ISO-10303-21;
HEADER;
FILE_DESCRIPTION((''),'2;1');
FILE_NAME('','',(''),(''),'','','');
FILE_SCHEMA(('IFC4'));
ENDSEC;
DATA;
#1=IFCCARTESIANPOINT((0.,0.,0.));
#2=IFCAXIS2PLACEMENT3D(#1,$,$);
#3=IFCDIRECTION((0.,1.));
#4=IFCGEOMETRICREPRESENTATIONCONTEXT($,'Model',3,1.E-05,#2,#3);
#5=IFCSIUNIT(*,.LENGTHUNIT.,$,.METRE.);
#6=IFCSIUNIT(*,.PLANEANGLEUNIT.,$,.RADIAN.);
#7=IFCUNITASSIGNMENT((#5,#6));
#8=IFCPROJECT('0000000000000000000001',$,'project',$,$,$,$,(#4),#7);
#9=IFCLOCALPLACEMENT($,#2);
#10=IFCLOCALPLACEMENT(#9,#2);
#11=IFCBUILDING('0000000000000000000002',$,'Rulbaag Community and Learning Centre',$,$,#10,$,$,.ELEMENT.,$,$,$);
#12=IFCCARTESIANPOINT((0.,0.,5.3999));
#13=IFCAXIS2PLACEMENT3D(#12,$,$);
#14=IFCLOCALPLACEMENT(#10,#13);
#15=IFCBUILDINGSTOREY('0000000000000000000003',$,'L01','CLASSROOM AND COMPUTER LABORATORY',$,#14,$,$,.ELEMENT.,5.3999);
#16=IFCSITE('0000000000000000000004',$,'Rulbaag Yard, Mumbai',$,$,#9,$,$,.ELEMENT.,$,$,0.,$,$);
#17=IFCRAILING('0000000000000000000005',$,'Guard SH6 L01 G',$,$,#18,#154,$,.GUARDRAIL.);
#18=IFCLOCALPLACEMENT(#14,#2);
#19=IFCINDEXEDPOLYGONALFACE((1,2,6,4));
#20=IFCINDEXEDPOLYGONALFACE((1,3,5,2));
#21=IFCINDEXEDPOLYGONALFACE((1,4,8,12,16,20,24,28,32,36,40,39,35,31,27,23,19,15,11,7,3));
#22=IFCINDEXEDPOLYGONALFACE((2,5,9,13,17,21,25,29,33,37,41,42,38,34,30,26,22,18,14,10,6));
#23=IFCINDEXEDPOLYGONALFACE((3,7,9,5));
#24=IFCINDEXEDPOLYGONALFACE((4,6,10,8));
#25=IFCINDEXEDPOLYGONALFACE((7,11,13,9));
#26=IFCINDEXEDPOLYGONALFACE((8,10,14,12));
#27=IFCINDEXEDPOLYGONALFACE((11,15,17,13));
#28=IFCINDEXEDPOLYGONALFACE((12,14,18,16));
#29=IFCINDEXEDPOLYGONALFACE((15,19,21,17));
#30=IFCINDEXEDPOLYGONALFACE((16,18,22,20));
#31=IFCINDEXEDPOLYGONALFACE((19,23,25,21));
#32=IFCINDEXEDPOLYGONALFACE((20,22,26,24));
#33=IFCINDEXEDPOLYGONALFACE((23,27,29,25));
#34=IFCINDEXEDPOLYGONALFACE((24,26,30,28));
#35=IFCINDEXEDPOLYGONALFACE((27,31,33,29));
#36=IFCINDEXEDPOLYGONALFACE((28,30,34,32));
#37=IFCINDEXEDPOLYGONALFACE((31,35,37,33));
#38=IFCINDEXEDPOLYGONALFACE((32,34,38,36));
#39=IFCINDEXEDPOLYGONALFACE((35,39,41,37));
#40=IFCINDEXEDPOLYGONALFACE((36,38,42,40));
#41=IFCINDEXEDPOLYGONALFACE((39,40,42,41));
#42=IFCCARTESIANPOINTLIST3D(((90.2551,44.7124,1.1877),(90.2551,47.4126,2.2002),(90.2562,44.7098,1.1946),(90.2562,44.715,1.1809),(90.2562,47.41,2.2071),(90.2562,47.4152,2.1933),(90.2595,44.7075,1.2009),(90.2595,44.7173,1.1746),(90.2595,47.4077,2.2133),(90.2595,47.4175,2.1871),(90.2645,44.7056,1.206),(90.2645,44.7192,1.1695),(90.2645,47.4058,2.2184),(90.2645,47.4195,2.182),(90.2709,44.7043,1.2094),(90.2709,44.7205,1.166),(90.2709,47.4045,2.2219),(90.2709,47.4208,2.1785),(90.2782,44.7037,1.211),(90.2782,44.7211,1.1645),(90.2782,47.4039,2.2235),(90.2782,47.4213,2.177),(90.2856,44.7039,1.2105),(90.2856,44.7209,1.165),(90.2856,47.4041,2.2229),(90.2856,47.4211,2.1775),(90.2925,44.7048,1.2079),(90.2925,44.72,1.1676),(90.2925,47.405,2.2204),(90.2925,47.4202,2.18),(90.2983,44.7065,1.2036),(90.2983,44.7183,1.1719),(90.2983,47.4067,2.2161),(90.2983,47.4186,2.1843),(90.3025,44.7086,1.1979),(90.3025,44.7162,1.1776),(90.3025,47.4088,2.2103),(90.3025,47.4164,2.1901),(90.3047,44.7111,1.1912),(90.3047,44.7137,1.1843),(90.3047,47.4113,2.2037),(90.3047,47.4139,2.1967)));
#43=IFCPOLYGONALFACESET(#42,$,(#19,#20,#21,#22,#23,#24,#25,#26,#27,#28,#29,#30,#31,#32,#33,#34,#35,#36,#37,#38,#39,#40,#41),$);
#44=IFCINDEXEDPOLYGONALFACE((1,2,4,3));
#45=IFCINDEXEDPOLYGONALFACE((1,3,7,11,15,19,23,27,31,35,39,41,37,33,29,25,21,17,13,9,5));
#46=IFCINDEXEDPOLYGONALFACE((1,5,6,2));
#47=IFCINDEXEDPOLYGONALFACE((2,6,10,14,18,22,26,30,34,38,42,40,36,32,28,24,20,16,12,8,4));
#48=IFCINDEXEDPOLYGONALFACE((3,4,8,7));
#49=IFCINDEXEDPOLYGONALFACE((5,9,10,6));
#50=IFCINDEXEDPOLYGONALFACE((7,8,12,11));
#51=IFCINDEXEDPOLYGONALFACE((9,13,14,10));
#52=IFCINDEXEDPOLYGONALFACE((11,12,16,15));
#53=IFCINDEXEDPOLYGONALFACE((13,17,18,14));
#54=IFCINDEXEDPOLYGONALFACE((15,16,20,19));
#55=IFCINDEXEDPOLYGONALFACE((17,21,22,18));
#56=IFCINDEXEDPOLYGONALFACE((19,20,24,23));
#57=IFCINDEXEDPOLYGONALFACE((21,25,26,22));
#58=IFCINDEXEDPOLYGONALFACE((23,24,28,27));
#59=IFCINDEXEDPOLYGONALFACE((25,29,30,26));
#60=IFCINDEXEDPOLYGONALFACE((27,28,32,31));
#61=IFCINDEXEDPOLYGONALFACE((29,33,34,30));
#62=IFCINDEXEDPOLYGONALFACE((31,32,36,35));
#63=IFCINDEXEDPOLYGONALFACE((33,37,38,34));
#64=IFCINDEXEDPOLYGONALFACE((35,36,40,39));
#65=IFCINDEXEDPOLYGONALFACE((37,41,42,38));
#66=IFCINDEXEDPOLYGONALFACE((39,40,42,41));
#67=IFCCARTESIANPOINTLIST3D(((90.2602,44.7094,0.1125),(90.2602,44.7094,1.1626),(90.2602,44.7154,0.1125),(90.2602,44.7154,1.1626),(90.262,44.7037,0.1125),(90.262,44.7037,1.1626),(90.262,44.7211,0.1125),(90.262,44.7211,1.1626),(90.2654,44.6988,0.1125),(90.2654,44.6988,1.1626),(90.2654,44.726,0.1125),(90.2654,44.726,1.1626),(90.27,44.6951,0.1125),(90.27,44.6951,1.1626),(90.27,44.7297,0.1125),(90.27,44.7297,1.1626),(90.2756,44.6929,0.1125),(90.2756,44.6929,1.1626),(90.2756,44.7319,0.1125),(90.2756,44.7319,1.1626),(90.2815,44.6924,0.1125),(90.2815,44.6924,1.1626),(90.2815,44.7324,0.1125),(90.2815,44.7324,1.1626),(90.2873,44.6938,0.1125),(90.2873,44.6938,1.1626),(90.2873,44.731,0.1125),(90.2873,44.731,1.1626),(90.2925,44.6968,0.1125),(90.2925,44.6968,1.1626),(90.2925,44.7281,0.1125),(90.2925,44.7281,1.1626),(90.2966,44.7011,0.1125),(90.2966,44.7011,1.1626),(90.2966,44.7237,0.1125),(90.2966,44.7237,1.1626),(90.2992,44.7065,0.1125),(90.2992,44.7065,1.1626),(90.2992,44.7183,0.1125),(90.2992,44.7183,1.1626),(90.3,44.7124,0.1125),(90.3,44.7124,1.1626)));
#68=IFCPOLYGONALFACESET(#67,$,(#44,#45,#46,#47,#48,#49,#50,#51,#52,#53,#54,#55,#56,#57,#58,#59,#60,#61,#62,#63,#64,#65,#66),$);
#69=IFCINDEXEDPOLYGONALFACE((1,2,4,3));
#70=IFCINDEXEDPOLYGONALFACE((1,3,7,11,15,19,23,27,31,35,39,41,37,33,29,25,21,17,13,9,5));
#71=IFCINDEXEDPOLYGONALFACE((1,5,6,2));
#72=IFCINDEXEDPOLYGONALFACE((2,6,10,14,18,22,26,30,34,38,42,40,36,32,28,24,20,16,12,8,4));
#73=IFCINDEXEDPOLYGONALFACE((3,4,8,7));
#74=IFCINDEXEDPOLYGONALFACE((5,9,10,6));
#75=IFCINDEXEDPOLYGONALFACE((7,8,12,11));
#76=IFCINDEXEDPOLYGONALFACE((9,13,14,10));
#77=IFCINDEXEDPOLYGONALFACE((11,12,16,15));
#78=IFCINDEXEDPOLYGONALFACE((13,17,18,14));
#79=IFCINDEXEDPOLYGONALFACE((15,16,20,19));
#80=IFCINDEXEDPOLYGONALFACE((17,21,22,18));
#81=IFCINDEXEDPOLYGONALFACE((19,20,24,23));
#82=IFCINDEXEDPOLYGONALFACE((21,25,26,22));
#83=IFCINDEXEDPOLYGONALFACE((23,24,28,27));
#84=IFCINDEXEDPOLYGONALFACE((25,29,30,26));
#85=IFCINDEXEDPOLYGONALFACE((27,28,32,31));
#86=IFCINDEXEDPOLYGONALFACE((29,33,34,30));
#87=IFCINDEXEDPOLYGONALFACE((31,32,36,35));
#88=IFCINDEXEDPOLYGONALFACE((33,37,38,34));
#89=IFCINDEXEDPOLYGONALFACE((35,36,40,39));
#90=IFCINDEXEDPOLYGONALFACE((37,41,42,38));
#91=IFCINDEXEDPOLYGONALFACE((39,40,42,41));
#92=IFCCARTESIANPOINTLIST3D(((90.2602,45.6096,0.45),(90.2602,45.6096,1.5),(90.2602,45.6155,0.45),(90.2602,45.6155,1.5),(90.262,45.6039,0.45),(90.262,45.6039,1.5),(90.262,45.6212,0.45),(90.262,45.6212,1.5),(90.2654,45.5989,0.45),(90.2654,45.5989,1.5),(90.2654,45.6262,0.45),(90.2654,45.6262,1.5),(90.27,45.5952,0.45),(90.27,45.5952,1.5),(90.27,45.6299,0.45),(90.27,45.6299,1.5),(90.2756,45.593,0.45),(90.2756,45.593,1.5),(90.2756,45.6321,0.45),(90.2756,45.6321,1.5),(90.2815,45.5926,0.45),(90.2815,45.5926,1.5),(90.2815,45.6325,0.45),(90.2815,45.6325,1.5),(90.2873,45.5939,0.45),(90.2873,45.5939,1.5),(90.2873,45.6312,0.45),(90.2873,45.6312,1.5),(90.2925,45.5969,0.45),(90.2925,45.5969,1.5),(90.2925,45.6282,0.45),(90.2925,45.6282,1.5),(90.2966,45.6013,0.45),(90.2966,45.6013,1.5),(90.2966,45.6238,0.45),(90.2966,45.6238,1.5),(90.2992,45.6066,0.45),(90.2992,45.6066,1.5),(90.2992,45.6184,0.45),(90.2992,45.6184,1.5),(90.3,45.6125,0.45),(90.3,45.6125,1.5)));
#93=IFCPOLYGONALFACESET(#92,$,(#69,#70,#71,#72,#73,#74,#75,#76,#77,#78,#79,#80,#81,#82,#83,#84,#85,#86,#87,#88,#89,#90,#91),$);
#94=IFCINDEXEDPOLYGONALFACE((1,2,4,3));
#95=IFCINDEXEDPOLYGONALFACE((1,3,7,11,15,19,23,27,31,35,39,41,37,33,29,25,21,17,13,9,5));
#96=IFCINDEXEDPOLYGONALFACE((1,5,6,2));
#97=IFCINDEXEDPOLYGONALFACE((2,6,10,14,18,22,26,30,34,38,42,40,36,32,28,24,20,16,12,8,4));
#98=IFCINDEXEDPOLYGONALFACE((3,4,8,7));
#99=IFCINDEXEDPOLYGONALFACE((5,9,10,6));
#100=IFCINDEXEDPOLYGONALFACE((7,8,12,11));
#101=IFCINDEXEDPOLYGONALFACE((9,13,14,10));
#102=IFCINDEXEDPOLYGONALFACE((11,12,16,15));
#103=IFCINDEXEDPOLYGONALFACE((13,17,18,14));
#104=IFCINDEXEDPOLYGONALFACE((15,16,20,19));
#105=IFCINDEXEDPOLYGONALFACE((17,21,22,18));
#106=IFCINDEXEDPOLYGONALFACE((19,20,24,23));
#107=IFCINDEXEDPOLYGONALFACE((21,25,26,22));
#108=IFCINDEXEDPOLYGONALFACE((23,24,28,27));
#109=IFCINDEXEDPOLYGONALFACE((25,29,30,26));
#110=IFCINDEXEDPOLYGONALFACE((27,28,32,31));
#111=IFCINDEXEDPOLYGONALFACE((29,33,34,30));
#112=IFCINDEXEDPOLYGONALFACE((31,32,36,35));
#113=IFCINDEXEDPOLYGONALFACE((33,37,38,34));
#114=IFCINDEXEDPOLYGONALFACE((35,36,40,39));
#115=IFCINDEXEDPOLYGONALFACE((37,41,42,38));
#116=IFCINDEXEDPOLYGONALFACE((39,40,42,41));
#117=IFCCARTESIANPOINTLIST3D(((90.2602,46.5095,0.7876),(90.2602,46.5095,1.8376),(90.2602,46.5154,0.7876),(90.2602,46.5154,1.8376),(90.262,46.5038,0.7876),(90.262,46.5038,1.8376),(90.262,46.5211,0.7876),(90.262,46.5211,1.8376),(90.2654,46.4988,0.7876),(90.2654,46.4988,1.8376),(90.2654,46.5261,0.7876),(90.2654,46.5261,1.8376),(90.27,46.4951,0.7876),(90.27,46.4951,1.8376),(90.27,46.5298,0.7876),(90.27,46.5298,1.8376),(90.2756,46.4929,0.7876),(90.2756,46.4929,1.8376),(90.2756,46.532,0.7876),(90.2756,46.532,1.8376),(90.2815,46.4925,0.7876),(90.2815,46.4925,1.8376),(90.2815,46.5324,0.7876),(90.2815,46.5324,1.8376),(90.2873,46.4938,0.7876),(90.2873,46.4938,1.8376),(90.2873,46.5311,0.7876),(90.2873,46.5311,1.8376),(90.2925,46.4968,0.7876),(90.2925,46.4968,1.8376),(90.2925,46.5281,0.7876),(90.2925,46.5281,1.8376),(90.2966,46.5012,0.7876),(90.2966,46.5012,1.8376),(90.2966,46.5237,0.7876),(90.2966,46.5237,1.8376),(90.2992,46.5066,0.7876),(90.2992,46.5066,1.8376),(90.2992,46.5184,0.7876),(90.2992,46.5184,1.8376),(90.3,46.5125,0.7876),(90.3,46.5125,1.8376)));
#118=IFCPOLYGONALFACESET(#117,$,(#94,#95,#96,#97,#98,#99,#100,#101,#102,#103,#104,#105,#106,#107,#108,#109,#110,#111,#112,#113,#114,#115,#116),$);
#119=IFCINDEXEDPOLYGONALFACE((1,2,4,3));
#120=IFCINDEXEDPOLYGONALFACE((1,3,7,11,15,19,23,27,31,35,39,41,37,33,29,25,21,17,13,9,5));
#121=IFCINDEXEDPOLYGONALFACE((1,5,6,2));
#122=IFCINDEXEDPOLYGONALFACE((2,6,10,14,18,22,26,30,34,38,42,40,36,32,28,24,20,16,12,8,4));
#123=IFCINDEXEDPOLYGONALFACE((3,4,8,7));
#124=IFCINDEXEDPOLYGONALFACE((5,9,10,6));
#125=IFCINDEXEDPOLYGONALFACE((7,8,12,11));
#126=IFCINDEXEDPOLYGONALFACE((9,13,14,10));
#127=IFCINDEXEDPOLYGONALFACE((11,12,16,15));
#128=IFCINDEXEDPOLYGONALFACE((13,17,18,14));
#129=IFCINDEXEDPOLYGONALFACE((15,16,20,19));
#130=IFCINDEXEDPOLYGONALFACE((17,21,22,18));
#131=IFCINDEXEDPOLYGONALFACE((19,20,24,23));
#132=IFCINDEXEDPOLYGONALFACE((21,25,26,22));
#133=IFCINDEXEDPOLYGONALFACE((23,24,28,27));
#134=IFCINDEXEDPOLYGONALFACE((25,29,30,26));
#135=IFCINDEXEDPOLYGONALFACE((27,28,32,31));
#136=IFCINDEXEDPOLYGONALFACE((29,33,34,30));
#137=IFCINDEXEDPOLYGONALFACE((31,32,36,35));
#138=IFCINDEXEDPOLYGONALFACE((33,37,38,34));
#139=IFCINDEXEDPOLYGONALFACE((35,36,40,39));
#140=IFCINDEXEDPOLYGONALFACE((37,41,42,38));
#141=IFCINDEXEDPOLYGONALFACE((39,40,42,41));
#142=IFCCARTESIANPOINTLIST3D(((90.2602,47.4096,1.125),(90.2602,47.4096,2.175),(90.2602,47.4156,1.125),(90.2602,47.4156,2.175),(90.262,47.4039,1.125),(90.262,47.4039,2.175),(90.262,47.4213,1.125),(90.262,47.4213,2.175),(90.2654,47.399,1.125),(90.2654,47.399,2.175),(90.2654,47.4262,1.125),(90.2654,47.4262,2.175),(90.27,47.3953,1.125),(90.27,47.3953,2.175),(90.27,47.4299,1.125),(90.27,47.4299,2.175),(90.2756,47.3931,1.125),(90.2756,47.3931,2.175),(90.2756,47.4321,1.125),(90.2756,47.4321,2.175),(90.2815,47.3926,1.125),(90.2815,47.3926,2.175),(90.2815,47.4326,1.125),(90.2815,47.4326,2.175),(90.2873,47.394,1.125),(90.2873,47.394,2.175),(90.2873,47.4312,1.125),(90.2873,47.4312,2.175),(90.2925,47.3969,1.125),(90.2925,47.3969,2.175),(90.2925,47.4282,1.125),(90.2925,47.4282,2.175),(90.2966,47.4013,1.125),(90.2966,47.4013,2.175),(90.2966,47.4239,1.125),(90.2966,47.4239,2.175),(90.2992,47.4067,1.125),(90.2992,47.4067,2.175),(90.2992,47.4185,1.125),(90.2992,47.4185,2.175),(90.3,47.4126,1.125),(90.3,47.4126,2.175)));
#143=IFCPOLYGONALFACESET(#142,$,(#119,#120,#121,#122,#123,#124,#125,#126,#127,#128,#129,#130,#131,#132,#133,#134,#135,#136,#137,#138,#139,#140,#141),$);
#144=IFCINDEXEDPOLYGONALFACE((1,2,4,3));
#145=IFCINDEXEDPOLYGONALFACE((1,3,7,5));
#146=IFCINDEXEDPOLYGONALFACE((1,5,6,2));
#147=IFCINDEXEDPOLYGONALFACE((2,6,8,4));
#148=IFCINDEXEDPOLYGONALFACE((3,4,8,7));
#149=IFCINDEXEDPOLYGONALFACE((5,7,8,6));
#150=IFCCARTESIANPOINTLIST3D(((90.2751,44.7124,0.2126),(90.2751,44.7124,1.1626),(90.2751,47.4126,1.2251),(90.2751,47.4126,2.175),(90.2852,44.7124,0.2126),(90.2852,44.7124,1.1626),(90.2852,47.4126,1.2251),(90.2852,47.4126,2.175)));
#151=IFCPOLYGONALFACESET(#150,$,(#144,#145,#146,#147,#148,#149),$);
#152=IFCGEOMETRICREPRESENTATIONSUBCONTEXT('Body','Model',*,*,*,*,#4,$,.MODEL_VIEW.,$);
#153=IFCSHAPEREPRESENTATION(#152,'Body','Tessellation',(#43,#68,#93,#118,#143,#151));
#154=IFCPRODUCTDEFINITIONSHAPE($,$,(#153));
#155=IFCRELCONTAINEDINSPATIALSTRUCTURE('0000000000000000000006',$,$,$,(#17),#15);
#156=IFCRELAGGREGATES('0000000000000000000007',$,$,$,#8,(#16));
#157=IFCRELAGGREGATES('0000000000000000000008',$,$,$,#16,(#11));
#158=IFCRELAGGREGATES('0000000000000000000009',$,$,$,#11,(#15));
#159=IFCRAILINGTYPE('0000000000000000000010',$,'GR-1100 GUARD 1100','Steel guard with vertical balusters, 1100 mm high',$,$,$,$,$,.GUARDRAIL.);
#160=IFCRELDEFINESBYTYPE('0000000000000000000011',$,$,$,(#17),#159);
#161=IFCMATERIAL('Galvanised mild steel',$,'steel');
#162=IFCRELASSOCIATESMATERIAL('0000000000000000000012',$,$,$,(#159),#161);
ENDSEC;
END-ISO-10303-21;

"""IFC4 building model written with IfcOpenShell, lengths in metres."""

from ifc_helpers import new_model, si_unit, direction, frame, origin, origin_2d, place, context, subcontext, project, spatial, polyline, circle, outline, extrude, material, type_object, element, save


model = new_model("IFC4")

# Units and contexts
model_context = context("Model", 3, precision=1e-05, world=origin(), true_north=direction((0.0, 1.0)))
body_context = subcontext(model_context, "Body", "Model", "MODEL_VIEW")
ifc_project = project(units=[si_unit("LENGTHUNIT", "METRE"), si_unit("PLANEANGLEUNIT", "RADIAN")], contexts=[model_context])

# Site, building, storey
site_placement = place(None, origin())
site = spatial("IfcSite", under=ifc_project, at=site_placement, Name="Rulbaag Yard, Mumbai", CompositionType="ELEMENT", RefElevation=0.0)
building_placement = place(site_placement, origin())
building = spatial("IfcBuilding", under=site, at=building_placement, Name="Rulbaag Community and Learning Centre", CompositionType="ELEMENT")
storey_placement = place(building_placement, frame((0.0, 0.0, 5.3999)))
storey = spatial("IfcBuildingStorey", under=building, at=storey_placement, Name="L01", Description="CLASSROOM AND COMPUTER LABORATORY", CompositionType="ELEMENT", Elevation=5.3999)

# Railing
ifc_material_1 = material(Name="Galvanised mild steel", Category="steel")
railing_type_1 = type_object("IfcRailingType", Name="GR-1100 GUARD 1100", Description="Steel guard with vertical balusters, 1100 mm high", PredefinedType="GUARDRAIL", material=ifc_material_1)
railing_1_placement = place(storey_placement, frame((90.28, 44.7124, 0.1125)))
element("IfcRailing", 1, at=railing_1_placement, inside=storey, type_object=railing_type_1, Name="Guard SH6 L01 G", PredefinedType="GUARDRAIL", context=body_context, shape_type="SweptSolid", body=[
    extrude(circle(Radius=0.0249, at=origin_2d()), frame((0.0, 0.0, 1.0752), z_axis=(0.0, 0.936343, 0.351086), x_axis=(-1.0, 0.0, 0.0)), (0.0, 0.0, 1.0), 2.8838),
    extrude(circle(Radius=0.02, at=origin_2d()), origin(), (0.0, 0.0, 1.0), 1.05),
    extrude(circle(Radius=0.02, at=origin_2d()), frame((0.0, 0.9001, 0.3374)), (0.0, 0.0, 1.0), 1.05),
    extrude(circle(Radius=0.02, at=origin_2d()), frame((0.0, 1.8, 0.675)), (0.0, 0.0, 1.0), 1.05),
    extrude(circle(Radius=0.02, at=origin_2d()), frame((0.0, 2.7002, 1.0125)), (0.0, 0.0, 1.0), 1.05),
    extrude(outline(polyline([(0.0, 0.0), (2.7002, 1.0125), (2.7002, 1.9624), (0.0, 0.95), (0.0, 0.0)])), frame((-0.0049, 0.0, 0.1001), z_axis=(1.0, 0.0, 0.0), x_axis=(0.0, 1.0, 0.0)), (0.0, 0.0, 1.0), 0.01),
])

save(model, "model.ifc")
